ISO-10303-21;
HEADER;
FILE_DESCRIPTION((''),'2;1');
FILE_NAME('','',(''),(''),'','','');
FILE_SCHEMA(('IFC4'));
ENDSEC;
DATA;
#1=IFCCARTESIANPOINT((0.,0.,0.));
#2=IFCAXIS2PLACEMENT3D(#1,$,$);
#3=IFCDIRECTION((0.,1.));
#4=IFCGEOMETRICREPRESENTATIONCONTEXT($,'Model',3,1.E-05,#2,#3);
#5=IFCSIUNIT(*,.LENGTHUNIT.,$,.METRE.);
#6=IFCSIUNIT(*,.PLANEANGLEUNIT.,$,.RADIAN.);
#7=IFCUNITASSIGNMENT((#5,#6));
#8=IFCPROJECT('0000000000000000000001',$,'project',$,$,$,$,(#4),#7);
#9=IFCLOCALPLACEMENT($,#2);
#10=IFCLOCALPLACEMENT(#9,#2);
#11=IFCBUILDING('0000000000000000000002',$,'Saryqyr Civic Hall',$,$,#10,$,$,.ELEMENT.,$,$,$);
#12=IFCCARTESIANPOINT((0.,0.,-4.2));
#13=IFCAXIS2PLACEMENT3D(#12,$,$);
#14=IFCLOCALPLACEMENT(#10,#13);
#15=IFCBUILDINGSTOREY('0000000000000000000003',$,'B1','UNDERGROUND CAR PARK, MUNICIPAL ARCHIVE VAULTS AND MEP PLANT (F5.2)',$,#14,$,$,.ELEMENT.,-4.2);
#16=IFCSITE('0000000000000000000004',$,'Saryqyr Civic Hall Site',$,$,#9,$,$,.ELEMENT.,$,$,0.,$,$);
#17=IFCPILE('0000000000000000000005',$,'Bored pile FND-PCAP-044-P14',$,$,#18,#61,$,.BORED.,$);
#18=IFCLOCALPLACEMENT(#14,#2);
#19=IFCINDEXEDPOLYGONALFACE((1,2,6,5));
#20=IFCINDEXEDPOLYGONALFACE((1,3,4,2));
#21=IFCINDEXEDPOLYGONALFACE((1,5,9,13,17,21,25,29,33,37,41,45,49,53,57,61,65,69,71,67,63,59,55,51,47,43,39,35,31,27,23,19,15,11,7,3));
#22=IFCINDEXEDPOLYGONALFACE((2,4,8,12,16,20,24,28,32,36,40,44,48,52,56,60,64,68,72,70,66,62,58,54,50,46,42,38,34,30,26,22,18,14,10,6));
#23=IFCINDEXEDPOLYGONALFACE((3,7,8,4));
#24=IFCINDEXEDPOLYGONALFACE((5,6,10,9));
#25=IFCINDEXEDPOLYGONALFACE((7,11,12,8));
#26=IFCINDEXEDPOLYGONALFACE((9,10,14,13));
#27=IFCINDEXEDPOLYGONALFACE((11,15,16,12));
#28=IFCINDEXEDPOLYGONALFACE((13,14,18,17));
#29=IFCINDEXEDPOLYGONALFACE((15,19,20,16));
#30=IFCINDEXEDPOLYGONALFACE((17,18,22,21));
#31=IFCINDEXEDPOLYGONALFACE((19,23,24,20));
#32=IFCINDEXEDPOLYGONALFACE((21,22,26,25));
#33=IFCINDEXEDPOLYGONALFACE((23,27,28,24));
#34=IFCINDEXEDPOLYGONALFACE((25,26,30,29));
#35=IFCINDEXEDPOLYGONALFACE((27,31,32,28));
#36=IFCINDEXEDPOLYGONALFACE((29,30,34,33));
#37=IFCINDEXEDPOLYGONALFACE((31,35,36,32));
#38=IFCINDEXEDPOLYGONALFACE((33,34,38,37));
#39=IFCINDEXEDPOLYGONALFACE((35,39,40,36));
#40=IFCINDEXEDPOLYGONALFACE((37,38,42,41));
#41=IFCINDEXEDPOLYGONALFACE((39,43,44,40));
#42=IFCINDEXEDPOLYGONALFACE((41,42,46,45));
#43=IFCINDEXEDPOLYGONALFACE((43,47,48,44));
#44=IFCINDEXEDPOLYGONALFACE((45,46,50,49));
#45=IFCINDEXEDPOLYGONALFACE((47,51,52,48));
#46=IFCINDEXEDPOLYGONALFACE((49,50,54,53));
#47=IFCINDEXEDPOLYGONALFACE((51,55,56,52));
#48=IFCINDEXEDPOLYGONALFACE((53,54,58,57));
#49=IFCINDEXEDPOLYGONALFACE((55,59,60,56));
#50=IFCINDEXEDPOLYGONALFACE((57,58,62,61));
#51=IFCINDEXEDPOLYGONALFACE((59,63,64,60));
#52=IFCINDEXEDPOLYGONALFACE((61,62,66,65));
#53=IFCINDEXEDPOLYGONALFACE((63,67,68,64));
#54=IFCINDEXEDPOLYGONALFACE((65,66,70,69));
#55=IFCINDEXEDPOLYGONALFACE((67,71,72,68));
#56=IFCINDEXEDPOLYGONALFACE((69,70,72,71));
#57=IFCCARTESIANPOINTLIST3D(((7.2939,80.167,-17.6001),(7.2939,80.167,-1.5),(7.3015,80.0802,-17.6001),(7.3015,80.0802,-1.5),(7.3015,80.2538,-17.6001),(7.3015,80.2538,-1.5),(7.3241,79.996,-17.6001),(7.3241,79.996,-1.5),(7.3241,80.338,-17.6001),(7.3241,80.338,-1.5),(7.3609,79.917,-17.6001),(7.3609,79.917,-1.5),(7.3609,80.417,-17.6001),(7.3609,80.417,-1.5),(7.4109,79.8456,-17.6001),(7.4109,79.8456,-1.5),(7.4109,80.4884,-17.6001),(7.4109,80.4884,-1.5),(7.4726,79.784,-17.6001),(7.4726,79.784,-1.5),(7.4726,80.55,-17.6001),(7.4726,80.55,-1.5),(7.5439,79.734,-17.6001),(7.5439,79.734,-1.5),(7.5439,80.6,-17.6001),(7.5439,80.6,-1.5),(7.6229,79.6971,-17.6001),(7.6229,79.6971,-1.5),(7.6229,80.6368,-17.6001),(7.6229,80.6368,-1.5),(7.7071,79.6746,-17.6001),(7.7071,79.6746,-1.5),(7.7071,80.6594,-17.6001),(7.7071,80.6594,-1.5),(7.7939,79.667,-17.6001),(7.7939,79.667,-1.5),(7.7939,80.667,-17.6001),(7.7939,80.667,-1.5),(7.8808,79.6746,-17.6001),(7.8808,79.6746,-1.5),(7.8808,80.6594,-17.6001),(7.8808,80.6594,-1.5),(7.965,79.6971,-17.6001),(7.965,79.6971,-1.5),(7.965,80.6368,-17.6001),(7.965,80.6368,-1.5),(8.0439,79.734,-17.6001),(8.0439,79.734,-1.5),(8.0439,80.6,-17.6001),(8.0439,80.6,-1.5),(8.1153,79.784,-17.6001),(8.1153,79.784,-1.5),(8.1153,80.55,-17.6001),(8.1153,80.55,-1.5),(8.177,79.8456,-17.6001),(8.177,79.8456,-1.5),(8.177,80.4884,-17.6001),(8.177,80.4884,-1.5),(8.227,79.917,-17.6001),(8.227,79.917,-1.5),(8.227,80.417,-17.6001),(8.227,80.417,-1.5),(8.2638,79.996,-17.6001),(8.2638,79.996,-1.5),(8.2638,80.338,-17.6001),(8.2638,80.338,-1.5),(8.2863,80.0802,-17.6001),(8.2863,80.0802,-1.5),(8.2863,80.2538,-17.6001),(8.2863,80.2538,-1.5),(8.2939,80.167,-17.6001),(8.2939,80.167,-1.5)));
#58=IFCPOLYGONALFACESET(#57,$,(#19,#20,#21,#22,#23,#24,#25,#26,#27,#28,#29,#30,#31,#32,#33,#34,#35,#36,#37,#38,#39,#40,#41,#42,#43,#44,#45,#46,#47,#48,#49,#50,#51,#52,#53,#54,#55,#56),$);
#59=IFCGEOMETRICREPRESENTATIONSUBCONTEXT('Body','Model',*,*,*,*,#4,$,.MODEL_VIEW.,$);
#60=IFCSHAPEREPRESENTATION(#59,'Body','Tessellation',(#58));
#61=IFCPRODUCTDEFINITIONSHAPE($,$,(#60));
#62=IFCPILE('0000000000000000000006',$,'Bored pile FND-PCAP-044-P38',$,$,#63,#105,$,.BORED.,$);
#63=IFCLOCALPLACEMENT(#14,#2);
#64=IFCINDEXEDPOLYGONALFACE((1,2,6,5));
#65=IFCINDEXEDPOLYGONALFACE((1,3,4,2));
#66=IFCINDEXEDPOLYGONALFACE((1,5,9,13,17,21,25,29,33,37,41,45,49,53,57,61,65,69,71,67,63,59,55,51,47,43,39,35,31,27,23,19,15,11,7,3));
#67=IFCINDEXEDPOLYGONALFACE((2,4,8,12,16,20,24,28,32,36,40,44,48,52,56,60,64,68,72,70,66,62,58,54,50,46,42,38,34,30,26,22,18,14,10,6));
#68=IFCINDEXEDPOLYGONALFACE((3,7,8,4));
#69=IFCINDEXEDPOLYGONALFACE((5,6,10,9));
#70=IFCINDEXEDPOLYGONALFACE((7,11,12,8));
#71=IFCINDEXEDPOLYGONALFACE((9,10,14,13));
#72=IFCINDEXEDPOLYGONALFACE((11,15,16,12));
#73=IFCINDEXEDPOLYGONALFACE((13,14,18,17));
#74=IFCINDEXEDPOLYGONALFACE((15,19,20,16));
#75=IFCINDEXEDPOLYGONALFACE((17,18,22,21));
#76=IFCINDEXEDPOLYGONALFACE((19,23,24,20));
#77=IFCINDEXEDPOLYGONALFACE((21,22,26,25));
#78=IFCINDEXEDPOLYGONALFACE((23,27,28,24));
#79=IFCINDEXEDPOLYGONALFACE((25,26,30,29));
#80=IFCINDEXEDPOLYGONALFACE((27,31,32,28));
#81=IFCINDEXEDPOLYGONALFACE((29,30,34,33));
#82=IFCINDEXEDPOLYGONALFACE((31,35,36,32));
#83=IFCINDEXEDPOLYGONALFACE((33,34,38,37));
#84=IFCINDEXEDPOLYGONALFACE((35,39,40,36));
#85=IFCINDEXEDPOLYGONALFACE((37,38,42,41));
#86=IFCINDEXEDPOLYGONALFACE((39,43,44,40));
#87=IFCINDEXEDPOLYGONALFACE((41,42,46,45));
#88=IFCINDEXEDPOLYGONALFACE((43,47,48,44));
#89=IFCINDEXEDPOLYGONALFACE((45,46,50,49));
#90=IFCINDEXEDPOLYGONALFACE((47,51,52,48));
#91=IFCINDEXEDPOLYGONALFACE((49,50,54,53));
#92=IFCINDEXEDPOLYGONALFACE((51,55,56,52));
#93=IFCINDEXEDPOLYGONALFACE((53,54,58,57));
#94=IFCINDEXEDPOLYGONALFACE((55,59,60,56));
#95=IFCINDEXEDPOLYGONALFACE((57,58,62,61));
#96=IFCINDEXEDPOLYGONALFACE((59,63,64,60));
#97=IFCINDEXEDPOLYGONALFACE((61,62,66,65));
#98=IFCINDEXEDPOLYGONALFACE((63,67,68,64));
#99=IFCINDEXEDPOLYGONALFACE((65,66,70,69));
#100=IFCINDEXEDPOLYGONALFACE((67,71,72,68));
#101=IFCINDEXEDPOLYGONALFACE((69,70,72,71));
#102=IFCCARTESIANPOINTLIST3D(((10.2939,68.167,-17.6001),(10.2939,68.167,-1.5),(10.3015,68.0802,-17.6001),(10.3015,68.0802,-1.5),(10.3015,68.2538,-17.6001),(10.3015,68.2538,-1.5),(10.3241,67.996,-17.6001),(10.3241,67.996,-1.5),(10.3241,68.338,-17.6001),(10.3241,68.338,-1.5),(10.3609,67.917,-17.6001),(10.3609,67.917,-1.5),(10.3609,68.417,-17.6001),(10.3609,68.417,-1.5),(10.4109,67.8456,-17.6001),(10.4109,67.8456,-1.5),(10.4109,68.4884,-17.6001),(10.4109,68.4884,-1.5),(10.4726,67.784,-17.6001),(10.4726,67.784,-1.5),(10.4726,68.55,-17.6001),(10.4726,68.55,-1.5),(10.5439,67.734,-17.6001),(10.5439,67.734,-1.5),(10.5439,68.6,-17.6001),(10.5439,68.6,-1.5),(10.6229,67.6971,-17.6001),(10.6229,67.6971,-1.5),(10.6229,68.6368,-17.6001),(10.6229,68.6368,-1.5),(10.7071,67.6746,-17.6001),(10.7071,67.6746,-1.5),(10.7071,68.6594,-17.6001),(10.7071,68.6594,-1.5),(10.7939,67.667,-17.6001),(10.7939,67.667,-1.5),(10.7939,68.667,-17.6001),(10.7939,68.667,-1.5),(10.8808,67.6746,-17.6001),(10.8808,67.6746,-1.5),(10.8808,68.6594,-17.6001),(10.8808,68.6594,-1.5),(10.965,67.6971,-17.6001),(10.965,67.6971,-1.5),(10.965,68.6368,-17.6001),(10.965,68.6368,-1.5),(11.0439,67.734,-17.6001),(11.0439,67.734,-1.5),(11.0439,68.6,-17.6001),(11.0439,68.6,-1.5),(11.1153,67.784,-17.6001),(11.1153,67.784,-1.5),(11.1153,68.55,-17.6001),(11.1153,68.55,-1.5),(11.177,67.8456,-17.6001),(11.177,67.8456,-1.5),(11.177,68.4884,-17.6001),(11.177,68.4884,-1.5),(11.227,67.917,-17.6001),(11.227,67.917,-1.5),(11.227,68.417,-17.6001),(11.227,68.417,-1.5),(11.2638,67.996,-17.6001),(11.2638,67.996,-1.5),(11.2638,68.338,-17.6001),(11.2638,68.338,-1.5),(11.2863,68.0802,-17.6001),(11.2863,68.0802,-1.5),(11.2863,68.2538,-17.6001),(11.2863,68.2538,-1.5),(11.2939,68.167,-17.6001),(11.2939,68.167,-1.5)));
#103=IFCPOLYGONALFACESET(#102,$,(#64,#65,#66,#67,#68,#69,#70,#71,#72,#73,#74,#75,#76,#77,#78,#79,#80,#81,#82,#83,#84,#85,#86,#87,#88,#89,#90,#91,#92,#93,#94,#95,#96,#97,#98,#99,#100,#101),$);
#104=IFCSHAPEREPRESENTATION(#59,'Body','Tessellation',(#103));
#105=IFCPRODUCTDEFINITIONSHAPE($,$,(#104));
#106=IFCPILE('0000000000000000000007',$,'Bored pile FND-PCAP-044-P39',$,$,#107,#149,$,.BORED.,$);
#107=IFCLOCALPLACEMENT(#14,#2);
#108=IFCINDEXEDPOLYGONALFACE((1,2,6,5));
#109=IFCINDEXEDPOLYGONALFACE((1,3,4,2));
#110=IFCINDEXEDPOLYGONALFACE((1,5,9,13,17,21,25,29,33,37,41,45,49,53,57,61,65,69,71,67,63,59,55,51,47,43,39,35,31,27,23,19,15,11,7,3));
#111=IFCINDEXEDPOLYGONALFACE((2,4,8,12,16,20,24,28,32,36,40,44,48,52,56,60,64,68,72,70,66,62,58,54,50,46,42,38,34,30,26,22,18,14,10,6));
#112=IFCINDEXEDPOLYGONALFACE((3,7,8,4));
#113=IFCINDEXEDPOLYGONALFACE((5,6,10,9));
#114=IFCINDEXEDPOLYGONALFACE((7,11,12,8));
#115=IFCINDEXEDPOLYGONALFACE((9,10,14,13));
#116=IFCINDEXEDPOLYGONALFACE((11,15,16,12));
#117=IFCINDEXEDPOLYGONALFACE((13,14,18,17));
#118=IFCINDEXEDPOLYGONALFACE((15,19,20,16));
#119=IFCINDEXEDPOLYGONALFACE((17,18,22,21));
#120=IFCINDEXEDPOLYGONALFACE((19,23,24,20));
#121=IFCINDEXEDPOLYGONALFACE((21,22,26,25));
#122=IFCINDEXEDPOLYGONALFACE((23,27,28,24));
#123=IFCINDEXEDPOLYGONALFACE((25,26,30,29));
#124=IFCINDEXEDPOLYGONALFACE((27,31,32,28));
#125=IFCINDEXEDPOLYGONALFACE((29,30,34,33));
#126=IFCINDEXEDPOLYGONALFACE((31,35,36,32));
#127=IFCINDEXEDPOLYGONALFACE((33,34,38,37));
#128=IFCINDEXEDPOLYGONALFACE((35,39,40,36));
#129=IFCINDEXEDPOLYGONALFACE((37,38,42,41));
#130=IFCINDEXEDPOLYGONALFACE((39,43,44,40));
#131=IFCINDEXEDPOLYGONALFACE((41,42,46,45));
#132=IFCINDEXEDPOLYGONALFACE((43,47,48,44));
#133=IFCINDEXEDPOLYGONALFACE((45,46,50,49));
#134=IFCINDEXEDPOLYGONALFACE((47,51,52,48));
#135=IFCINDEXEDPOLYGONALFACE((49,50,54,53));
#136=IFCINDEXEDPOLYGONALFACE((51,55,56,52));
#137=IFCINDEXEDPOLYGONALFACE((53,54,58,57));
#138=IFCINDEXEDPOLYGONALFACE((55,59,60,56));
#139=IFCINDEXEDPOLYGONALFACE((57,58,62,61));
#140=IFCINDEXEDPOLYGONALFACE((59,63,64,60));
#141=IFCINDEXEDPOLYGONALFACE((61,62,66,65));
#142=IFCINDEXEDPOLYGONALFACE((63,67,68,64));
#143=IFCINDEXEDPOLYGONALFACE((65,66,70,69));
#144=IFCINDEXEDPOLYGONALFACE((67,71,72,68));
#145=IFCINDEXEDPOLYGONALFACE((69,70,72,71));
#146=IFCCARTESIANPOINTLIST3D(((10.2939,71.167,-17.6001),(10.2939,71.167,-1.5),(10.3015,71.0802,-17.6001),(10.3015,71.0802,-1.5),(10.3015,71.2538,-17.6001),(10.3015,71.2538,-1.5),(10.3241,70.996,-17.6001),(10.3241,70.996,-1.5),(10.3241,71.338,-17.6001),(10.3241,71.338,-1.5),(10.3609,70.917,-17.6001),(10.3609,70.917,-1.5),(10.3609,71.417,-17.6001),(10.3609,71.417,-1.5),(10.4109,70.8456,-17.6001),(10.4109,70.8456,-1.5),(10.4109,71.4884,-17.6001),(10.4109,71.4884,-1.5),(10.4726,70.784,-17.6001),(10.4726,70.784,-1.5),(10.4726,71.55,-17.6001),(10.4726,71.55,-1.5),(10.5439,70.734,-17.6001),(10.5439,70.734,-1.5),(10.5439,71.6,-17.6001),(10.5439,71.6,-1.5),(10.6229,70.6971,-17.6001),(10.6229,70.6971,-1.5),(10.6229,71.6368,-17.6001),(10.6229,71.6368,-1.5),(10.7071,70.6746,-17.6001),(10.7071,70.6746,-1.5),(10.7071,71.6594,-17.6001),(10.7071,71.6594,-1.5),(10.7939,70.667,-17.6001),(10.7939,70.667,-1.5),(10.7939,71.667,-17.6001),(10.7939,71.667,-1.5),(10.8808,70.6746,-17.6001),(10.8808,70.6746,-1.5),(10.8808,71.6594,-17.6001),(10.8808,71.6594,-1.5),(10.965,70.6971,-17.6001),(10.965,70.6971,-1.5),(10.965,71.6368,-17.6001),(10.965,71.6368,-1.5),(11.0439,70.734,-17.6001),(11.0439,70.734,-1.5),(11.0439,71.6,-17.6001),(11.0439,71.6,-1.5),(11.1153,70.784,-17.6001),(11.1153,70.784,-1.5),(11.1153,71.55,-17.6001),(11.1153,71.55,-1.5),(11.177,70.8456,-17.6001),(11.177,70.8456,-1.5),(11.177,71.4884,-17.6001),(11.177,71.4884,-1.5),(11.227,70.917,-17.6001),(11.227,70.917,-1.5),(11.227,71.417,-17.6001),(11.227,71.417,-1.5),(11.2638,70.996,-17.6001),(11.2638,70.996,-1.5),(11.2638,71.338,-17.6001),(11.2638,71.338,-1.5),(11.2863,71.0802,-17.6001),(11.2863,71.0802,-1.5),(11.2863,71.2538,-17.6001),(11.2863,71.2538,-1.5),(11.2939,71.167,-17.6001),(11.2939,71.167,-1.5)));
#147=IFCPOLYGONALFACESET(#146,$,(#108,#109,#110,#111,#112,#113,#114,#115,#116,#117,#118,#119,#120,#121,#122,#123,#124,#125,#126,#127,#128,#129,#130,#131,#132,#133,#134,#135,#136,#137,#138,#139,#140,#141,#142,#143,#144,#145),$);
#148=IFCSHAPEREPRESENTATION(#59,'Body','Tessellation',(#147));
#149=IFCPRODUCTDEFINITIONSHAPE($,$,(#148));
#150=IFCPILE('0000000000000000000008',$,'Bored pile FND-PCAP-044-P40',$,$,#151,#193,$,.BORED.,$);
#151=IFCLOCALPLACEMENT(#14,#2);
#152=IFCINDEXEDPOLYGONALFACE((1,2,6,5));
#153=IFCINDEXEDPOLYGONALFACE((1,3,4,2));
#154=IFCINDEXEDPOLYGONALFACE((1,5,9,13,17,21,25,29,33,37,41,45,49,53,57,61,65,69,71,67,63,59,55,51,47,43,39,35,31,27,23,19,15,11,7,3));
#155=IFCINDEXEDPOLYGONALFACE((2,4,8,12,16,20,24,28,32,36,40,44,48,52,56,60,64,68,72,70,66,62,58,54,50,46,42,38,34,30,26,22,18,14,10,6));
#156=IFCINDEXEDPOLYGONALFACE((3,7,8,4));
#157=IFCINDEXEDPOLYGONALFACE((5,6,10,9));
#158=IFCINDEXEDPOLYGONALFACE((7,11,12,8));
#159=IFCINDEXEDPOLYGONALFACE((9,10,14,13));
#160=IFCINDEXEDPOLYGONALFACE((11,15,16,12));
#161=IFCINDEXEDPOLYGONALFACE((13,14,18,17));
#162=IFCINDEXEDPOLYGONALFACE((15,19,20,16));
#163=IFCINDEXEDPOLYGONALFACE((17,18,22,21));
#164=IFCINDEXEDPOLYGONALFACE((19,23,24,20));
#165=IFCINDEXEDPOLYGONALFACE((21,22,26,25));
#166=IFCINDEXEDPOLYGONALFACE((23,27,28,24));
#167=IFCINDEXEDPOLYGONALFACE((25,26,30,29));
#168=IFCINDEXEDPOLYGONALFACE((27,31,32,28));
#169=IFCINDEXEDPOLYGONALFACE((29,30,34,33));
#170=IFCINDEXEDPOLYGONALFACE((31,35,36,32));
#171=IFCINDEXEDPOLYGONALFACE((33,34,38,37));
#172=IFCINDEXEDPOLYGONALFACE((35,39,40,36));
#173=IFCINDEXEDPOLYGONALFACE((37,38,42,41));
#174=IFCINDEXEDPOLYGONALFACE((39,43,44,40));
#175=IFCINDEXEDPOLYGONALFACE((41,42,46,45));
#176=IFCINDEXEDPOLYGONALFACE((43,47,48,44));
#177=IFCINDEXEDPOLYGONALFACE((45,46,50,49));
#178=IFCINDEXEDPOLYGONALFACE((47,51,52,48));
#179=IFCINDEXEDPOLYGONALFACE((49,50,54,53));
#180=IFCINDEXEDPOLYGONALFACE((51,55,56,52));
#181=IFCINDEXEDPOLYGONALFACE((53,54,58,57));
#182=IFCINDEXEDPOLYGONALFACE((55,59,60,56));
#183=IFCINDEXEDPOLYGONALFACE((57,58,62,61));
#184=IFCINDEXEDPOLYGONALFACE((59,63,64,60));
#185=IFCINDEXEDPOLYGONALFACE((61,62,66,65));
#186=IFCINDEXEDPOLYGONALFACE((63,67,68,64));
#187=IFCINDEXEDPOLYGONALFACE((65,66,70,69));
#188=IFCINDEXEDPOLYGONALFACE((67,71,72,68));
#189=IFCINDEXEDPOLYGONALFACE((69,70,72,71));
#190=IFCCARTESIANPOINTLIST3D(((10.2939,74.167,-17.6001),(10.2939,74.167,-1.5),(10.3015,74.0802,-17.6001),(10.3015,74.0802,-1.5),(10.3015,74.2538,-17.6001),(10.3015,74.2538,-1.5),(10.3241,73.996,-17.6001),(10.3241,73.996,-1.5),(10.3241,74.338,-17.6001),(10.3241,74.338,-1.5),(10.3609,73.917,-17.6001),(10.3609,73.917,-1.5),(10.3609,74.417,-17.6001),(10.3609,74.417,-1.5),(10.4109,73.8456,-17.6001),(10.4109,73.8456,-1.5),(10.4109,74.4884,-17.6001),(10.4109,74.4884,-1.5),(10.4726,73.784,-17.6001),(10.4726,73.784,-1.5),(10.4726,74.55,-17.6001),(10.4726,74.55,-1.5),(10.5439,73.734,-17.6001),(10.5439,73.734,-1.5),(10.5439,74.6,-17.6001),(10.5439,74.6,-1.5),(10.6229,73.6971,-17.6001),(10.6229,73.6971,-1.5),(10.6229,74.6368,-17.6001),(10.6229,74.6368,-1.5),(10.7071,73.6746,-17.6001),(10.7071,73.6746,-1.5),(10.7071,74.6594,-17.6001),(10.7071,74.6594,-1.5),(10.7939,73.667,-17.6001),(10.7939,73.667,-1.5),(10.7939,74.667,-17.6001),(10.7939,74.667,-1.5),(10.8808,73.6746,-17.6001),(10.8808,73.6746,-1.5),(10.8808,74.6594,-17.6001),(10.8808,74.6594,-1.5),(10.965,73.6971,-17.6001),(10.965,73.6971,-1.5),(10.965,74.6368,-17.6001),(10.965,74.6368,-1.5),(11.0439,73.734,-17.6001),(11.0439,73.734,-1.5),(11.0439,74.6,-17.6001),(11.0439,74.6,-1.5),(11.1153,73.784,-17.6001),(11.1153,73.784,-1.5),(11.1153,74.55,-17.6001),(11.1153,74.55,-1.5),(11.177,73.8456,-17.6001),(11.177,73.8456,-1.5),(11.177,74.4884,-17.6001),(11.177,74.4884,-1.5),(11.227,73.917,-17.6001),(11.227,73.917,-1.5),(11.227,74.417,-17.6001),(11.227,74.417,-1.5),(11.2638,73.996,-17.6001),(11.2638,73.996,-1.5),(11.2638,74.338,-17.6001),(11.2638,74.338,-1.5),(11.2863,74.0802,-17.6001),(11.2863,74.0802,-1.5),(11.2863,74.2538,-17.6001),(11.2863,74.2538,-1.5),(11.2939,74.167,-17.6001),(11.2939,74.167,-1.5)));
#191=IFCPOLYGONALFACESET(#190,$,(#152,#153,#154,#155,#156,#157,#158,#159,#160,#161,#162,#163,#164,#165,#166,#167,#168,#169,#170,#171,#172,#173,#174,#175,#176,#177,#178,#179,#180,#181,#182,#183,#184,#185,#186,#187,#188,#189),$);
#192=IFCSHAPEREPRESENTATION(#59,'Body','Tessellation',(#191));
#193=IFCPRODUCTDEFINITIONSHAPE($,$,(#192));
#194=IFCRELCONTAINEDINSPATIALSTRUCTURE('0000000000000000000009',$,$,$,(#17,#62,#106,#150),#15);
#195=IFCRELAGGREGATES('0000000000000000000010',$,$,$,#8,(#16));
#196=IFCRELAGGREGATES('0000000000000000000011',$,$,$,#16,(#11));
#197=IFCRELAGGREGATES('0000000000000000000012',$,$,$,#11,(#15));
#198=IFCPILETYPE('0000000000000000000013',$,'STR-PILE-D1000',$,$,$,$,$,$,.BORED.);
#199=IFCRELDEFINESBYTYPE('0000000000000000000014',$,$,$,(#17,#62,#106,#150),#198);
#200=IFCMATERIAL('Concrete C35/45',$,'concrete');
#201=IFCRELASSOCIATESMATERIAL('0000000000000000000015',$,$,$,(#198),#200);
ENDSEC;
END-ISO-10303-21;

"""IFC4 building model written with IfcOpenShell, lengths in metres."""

from ifc_helpers import new_model, si_unit, direction, frame, origin, origin_2d, place, context, subcontext, project, spatial, circle, extrude, material, material_profile, profile_set, type_object, element, save


model = new_model("IFC4")

# Units and contexts
model_context = context("Model", 3, precision=1e-05, world=origin(), true_north=direction((0.0, 1.0)))
body_context = subcontext(model_context, "Body", "Model", "MODEL_VIEW")
ifc_project = project(units=[si_unit("LENGTHUNIT", "METRE"), si_unit("PLANEANGLEUNIT", "RADIAN")], contexts=[model_context])

# Site, building, storey
site_placement = place(None, origin())
site = spatial("IfcSite", under=ifc_project, at=site_placement, Name="Saryqyr Civic Hall Site", CompositionType="ELEMENT", RefElevation=0.0)
building_placement = place(site_placement, origin())
building = spatial("IfcBuilding", under=site, at=building_placement, Name="Saryqyr Civic Hall", CompositionType="ELEMENT")
storey_placement = place(building_placement, frame((0.0, 0.0, -4.2)))
storey = spatial("IfcBuildingStorey", under=building, at=storey_placement, Name="B1", Description="UNDERGROUND CAR PARK, MUNICIPAL ARCHIVE VAULTS AND MEP PLANT (F5.2)", CompositionType="ELEMENT", Elevation=-4.2)

# Piles
ifc_material_1 = material(Name="Concrete C35/45", Category="concrete")
ifc_material_profile_1 = material_profile(ifc_material_1, circle(Radius=0.5, at=origin_2d()), Name="BORED PILE D1000")
ifc_profile_set_1 = profile_set([ifc_material_profile_1], Name="Concrete C35/45")
pile_type = type_object("IfcPileType", Name="STR-PILE-D1000", PredefinedType="BORED", material=ifc_profile_set_1)
for number, where, z_axis, x_axis, name in (
    (1, (7.7939, 80.167, -1.5), (0.0, 0.0, -1.0), (1.0, 0.0, 0.0), "Bored pile FND-PCAP-044-P14"),
    (2, (10.7939, 68.167, -1.5), (0.0, 0.0, -1.0), (1.0, 0.0, 0.0), "Bored pile FND-PCAP-044-P38"),
    (3, (10.7939, 71.167, -1.5), (0.0, 0.0, -1.0), (1.0, 0.0, 0.0), "Bored pile FND-PCAP-044-P39"),
    (4, (10.7939, 74.167, -1.5), (0.0, 0.0, -1.0), (1.0, 0.0, 0.0), "Bored pile FND-PCAP-044-P40"),
):
    element("IfcPile", number, at=place(storey_placement, frame(where, z_axis=z_axis, x_axis=x_axis)), inside=storey, type_object=pile_type, Name=name, PredefinedType="BORED", context=body_context, shape_type="SweptSolid", body=[
        extrude(circle(Radius=0.5, at=origin_2d()), origin(), (0.0, 0.0, 1.0), 16.1001),
    ])

save(model, "model.ifc")
